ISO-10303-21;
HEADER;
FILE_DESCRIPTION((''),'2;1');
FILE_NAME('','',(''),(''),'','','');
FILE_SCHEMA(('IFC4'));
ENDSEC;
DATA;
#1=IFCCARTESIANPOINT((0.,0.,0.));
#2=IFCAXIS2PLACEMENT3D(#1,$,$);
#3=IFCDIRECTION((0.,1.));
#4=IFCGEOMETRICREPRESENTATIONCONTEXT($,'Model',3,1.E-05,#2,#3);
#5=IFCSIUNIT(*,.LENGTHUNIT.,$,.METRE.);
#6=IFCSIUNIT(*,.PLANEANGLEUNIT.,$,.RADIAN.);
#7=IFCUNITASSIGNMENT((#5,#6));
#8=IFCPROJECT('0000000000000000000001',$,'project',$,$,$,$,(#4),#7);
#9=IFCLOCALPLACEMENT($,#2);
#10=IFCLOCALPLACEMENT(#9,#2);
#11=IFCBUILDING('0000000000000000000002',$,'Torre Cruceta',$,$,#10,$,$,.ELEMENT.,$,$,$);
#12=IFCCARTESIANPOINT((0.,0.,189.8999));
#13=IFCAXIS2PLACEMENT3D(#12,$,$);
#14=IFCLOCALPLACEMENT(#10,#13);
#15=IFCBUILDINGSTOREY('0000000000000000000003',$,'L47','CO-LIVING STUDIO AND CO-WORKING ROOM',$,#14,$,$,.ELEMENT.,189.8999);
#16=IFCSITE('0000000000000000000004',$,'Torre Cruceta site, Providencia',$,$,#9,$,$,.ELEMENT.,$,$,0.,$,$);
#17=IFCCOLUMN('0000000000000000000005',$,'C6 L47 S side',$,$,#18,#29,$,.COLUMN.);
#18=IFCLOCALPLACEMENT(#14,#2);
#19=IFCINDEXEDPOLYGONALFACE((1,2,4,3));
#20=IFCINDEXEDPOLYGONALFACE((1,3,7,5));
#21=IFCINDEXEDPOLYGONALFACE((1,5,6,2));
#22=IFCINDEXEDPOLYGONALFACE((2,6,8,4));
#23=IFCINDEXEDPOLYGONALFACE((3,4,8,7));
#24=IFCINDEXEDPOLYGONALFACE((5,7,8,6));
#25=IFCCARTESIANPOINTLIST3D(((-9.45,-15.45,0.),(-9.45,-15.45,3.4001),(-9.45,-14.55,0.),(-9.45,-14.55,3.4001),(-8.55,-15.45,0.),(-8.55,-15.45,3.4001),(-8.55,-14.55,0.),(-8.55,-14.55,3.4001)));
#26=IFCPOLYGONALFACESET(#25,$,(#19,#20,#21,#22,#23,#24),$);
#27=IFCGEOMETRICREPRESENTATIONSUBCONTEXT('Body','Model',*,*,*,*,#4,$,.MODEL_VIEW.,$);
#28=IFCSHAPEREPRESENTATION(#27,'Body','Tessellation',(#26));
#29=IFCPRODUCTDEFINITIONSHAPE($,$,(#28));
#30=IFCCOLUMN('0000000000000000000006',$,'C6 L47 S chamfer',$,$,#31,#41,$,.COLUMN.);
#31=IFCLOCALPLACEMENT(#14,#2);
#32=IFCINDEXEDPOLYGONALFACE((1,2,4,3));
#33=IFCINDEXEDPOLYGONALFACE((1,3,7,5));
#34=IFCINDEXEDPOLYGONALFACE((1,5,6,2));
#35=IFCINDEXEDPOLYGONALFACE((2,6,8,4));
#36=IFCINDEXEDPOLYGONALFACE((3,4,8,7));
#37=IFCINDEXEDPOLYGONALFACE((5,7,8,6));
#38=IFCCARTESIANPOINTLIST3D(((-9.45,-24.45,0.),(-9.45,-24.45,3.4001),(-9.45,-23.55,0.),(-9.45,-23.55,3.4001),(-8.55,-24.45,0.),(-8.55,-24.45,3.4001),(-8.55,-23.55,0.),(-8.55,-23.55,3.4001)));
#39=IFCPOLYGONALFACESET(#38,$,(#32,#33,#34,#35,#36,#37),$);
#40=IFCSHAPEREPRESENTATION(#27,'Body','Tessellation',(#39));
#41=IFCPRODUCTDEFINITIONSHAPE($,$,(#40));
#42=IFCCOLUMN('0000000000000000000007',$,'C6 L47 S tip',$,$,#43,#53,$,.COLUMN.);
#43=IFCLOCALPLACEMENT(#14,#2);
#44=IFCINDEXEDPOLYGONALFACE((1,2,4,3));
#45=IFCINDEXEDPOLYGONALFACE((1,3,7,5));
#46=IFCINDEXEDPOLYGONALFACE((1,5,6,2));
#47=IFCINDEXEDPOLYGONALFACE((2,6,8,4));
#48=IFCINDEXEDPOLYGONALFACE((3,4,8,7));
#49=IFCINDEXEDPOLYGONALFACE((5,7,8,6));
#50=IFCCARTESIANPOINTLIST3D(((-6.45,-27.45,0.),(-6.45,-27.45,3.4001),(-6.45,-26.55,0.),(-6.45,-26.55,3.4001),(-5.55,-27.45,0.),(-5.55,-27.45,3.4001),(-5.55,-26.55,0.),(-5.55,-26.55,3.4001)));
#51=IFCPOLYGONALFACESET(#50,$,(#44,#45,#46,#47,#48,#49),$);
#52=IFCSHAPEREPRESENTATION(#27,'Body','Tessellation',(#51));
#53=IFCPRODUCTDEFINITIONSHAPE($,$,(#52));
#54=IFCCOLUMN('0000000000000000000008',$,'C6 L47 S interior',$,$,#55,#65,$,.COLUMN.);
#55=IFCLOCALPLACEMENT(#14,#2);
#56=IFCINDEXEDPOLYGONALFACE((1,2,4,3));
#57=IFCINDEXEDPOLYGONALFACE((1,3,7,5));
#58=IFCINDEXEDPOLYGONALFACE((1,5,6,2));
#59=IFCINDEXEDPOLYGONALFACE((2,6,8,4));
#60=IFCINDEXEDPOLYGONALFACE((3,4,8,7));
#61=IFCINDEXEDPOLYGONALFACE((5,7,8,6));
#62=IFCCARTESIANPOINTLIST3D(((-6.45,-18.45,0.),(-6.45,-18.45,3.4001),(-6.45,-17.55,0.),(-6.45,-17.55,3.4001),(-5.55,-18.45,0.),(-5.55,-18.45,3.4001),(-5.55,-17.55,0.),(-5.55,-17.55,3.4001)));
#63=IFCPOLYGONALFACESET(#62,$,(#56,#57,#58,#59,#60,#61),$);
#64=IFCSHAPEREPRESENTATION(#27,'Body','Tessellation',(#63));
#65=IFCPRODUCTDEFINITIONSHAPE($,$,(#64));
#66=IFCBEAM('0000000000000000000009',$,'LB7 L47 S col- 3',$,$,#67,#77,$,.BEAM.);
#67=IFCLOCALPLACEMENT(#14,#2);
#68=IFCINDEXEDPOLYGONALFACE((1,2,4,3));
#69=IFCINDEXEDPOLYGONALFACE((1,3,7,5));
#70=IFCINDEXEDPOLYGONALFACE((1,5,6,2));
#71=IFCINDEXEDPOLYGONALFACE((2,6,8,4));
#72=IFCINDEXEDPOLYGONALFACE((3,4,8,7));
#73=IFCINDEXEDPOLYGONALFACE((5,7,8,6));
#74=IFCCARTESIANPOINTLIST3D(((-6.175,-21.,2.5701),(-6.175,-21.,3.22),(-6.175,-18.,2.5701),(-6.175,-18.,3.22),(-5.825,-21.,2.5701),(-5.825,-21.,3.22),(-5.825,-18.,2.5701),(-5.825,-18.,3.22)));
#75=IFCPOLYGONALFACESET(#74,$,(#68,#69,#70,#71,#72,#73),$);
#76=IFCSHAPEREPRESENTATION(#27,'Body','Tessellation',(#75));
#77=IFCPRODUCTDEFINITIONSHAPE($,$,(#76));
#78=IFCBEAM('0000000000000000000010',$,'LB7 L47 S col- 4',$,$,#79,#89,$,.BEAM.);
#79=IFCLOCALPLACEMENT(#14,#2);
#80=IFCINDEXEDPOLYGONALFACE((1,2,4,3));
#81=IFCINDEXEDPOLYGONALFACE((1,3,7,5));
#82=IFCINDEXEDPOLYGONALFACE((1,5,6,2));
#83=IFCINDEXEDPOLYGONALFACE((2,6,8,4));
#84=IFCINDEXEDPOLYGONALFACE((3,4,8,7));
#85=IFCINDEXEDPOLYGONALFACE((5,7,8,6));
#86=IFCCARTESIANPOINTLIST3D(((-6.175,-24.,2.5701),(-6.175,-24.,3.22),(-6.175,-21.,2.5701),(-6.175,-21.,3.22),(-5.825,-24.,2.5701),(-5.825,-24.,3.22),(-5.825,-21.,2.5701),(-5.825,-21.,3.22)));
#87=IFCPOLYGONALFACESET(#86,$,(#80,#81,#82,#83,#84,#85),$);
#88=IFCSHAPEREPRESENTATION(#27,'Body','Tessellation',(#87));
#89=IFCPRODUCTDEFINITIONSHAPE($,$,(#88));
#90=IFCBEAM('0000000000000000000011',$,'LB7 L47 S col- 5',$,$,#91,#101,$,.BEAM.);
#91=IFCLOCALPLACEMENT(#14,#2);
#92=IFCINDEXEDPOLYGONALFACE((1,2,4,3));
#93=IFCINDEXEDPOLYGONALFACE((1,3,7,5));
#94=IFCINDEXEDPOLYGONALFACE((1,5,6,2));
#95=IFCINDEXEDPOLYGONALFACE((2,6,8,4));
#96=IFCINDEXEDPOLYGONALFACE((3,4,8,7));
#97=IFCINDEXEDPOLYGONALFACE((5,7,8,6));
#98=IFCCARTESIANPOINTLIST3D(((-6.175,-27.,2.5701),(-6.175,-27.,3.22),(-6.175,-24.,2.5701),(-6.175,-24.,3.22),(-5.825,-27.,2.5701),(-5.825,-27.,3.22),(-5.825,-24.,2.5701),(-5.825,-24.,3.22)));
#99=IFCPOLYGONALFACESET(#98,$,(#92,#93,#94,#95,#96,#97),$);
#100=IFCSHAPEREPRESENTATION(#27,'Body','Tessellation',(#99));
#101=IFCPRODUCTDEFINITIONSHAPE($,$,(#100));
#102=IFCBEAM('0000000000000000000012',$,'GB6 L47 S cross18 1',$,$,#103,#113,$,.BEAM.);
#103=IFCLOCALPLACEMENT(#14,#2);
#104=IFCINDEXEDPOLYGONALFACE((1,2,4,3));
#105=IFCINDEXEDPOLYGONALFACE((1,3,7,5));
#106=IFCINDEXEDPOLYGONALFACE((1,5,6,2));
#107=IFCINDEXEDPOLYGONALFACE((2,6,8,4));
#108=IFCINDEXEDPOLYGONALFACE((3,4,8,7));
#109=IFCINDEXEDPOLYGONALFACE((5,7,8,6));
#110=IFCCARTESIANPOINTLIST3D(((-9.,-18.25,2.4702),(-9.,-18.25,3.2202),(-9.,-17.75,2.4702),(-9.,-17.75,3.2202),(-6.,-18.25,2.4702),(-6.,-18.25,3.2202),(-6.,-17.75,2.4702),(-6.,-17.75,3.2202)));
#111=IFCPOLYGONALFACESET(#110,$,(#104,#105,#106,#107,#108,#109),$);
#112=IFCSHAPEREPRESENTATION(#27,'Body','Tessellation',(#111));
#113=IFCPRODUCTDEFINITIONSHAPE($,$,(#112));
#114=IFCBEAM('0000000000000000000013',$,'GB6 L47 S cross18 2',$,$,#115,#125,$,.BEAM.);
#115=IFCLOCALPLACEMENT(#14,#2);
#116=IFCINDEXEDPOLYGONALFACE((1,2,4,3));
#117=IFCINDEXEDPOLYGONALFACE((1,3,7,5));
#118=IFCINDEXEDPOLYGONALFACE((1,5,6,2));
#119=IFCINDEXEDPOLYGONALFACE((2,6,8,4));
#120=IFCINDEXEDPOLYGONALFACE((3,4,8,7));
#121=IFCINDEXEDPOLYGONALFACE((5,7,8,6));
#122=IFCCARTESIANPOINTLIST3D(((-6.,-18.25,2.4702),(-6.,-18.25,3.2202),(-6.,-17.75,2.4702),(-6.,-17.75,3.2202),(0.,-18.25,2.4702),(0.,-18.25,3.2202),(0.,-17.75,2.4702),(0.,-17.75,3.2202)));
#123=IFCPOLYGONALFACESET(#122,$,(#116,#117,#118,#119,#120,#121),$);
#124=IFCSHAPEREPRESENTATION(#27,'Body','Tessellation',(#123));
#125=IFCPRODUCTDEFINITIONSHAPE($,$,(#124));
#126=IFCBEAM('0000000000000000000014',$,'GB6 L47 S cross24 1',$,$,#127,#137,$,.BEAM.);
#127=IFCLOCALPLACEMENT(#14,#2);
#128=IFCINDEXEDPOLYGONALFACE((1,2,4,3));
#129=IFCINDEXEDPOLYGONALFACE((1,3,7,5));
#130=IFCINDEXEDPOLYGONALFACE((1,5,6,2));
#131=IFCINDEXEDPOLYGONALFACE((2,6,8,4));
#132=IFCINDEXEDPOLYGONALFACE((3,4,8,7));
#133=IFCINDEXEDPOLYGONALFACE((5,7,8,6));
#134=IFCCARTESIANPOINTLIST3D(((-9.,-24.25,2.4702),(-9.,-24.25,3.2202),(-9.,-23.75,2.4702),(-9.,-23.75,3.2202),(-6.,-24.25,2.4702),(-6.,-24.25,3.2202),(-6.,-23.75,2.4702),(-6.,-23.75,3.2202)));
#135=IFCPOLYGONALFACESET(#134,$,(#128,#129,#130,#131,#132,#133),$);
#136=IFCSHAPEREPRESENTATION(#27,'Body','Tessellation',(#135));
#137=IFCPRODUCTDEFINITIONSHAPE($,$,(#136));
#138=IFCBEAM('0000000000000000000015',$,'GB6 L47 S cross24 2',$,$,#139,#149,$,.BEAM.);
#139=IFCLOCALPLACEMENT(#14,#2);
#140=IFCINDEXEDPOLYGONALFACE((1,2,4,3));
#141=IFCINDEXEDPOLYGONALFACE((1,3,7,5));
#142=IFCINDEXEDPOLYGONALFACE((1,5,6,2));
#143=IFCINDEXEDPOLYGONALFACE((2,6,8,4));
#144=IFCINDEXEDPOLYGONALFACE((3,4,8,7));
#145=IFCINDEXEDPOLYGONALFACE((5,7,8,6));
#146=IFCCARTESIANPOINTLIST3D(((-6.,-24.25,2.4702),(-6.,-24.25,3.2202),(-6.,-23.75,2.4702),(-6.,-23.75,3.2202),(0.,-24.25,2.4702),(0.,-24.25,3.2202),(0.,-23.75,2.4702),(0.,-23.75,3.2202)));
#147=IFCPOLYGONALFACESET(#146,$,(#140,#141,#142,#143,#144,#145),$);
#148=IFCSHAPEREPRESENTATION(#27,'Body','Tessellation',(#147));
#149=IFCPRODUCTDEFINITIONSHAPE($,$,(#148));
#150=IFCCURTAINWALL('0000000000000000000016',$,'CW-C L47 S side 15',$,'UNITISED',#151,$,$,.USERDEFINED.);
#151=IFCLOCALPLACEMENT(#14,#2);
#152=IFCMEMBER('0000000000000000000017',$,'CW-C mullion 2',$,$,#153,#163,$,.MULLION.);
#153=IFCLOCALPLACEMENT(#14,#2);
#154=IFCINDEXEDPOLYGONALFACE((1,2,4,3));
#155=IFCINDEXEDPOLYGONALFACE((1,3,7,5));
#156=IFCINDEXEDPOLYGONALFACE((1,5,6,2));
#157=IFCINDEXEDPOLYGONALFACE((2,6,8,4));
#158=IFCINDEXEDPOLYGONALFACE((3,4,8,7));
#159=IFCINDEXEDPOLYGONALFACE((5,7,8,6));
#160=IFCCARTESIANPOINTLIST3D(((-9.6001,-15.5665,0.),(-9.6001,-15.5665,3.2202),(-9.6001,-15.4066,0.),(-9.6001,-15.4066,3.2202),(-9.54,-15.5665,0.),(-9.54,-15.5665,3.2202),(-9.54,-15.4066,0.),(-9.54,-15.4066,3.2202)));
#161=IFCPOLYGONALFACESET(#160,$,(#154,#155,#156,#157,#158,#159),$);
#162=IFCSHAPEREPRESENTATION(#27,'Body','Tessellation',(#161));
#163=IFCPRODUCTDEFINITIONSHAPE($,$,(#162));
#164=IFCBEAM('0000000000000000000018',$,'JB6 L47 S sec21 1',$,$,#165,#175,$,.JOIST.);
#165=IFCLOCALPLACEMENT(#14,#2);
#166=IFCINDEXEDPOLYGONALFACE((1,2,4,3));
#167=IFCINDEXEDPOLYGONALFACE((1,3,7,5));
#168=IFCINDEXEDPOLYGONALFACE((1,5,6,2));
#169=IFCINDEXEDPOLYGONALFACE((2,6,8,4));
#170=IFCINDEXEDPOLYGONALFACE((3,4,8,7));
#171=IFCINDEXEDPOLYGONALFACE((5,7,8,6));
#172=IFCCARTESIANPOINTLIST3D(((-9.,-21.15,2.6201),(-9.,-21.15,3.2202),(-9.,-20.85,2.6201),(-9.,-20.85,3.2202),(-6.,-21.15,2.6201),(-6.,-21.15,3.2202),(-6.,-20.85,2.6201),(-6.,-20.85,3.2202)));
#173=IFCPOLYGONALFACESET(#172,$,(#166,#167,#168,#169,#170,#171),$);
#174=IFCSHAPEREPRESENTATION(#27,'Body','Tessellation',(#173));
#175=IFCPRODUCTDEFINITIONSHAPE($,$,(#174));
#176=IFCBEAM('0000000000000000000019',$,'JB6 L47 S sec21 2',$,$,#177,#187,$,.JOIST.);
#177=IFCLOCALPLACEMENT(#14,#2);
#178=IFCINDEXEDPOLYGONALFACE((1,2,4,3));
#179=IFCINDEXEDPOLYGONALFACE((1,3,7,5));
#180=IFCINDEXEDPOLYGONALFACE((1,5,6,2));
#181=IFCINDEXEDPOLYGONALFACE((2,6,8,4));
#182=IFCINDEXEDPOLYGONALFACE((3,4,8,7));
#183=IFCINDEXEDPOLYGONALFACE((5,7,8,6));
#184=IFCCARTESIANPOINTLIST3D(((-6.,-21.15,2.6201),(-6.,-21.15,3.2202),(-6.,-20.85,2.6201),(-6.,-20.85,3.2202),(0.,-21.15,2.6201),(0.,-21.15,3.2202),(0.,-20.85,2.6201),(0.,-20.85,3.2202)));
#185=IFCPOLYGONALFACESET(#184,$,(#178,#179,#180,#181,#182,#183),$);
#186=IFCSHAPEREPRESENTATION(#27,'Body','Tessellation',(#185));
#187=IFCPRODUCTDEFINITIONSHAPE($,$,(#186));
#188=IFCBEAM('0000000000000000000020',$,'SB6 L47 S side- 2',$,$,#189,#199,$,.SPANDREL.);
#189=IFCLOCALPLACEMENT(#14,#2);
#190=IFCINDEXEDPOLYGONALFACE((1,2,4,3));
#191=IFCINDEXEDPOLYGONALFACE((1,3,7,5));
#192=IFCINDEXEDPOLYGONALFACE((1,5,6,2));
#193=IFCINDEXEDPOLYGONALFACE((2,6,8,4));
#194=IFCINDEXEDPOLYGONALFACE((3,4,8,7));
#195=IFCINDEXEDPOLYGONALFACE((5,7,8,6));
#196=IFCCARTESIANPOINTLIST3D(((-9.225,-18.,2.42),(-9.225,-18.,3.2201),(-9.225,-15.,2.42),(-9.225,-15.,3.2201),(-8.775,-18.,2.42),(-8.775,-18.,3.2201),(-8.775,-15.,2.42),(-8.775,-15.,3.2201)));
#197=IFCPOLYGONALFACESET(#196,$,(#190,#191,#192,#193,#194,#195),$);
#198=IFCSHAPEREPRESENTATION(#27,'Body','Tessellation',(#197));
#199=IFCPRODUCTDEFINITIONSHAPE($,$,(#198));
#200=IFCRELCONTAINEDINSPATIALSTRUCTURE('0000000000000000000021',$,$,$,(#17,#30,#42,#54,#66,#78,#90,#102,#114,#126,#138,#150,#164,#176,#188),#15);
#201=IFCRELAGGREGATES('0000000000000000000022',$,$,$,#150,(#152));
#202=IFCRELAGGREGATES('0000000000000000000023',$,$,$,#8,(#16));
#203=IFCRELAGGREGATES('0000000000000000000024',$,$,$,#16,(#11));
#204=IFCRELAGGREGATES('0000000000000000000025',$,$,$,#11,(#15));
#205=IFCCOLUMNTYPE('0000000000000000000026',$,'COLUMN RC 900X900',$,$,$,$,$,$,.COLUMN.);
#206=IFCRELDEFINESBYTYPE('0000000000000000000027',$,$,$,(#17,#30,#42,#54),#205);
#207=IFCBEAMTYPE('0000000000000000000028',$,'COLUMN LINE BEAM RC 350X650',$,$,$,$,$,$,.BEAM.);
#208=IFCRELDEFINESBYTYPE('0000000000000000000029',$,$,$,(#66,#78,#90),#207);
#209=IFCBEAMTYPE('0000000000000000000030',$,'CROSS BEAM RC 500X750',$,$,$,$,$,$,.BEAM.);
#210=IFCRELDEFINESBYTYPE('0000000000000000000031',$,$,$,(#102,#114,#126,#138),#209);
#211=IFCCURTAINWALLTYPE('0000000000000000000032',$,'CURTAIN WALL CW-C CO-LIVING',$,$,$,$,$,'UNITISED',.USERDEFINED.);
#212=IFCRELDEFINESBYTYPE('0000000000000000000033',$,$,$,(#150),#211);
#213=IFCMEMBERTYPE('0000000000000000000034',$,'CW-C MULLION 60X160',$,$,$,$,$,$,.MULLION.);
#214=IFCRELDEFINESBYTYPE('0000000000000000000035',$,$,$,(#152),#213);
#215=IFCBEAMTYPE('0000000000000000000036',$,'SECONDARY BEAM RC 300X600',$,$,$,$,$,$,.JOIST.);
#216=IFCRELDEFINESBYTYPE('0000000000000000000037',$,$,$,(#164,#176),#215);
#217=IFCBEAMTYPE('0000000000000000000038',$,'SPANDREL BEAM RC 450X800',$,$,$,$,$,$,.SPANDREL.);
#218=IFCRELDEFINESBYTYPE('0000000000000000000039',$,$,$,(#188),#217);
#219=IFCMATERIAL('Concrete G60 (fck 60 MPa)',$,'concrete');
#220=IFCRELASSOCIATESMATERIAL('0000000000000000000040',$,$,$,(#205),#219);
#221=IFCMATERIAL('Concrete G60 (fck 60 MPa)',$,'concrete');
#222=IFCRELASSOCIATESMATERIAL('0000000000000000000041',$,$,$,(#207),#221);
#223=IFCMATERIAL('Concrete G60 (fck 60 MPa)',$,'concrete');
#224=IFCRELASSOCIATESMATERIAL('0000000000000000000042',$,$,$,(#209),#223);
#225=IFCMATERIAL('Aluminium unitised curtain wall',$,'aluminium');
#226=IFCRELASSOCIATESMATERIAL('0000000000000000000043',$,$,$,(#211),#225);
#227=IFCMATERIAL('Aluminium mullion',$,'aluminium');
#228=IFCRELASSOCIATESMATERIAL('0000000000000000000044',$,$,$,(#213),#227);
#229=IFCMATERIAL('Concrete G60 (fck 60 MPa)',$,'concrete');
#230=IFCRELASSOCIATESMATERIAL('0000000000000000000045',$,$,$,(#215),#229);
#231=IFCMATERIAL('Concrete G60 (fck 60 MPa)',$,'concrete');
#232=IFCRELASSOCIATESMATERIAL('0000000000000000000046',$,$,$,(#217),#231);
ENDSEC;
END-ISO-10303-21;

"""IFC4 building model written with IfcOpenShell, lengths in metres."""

from ifc_helpers import new_model, si_unit, direction, frame, origin, origin_2d, place, context, subcontext, project, spatial, rectangle, extrude, material, material_profile, profile_set, type_object, element, aggregate, save


model = new_model("IFC4")

# Units and contexts
model_context = context("Model", 3, precision=1e-05, world=origin(), true_north=direction((0.0, 1.0)))
body_context = subcontext(model_context, "Body", "Model", "MODEL_VIEW")
ifc_project = project(units=[si_unit("LENGTHUNIT", "METRE"), si_unit("PLANEANGLEUNIT", "RADIAN")], contexts=[model_context])

# Site, building, storey
site_placement = place(None, origin())
site = spatial("IfcSite", under=ifc_project, at=site_placement, Name="Torre Cruceta site, Providencia", CompositionType="ELEMENT", RefElevation=0.0)
building_placement = place(site_placement, origin())
building = spatial("IfcBuilding", under=site, at=building_placement, Name="Torre Cruceta", CompositionType="ELEMENT")
storey_placement = place(building_placement, frame((0.0, 0.0, 189.8999)))
storey = spatial("IfcBuildingStorey", under=building, at=storey_placement, Name="L47", Description="CO-LIVING STUDIO AND CO-WORKING ROOM", CompositionType="ELEMENT", Elevation=189.8999)

# Columns
ifc_material_1 = material(Name="Concrete G60 (fck 60 MPa)", Category="concrete")
ifc_material_profile_1 = material_profile(ifc_material_1, rectangle(XDim=0.8999, YDim=0.8999, at=origin_2d()), Name="RC 900X900")
ifc_profile_set_1 = profile_set([ifc_material_profile_1], Name="Concrete G60 (fck 60 MPa)")
column_type = type_object("IfcColumnType", Name="COLUMN RC 900X900", PredefinedType="COLUMN", material=ifc_profile_set_1)
for number, where, z_axis, x_axis, name in (
    (1, (-9.0, -15.0, 0.0), (0.0, 0.0, 1.0), (1.0, 0.0, 0.0), "C6 L47 S side"),
    (2, (-9.0, -24.0, 0.0), (0.0, 0.0, 1.0), (1.0, 0.0, 0.0), "C6 L47 S chamfer"),
    (3, (-6.0, -27.0, 0.0), (0.0, 0.0, 1.0), (1.0, 0.0, 0.0), "C6 L47 S tip"),
    (4, (-6.0, -18.0, 0.0), (0.0, 0.0, 1.0), (1.0, 0.0, 0.0), "C6 L47 S interior"),
):
    element("IfcColumn", number, at=place(storey_placement, frame(where, z_axis=z_axis, x_axis=x_axis)), inside=storey, type_object=column_type, Name=name, PredefinedType="COLUMN", context=body_context, shape_type="SweptSolid", body=[
        extrude(rectangle(XDim=0.8999, YDim=0.8999, at=origin_2d()), origin(), (0.0, 0.0, 1.0), 3.4001),
    ])

# Beams
ifc_material_2 = material(Name="Concrete G60 (fck 60 MPa)", Category="concrete")
ifc_material_profile_2 = material_profile(ifc_material_2, rectangle(XDim=0.3501, YDim=0.6499, at=origin_2d()), Name="RC 350X650")
ifc_profile_set_2 = profile_set([ifc_material_profile_2], Name="Concrete G60 (fck 60 MPa)")
beam_type_1 = type_object("IfcBeamType", Name="COLUMN LINE BEAM RC 350X650", PredefinedType="BEAM", material=ifc_profile_set_2)
for number, where, z_axis, x_axis, name in (
    (5, (-6.0, -18.0, 2.895), (0.0, -1.0, 0.0), (1.0, 0.0, 0.0), "LB7 L47 S col- 3"),
    (6, (-6.0, -21.0, 2.895), (0.0, -1.0, 0.0), (1.0, 0.0, 0.0), "LB7 L47 S col- 4"),
    (7, (-6.0, -24.0, 2.895), (0.0, -1.0, 0.0), (1.0, 0.0, 0.0), "LB7 L47 S col- 5"),
):
    element("IfcBeam", number, at=place(storey_placement, frame(where, z_axis=z_axis, x_axis=x_axis)), inside=storey, type_object=beam_type_1, Name=name, PredefinedType="BEAM", context=body_context, shape_type="SweptSolid", body=[
        extrude(rectangle(XDim=0.3501, YDim=0.6499, at=origin_2d()), origin(), (0.0, 0.0, 1.0), 3.0),
    ])
ifc_material_3 = material(Name="Concrete G60 (fck 60 MPa)", Category="concrete")
ifc_material_profile_3 = material_profile(ifc_material_3, rectangle(XDim=0.5, YDim=0.75, at=origin_2d()), Name="RC 500X750")
ifc_profile_set_3 = profile_set([ifc_material_profile_3], Name="Concrete G60 (fck 60 MPa)")
beam_type_2 = type_object("IfcBeamType", Name="CROSS BEAM RC 500X750", PredefinedType="BEAM", material=ifc_profile_set_3)
beam_1_placement = place(storey_placement, frame((-9.0, -18.0, 2.8452), z_axis=(1.0, 0.0, 0.0), x_axis=(0.0, 1.0, 0.0)))
element("IfcBeam", 8, at=beam_1_placement, inside=storey, type_object=beam_type_2, Name="GB6 L47 S cross18 1", PredefinedType="BEAM", context=body_context, shape_type="SweptSolid", body=[
    extrude(rectangle(XDim=0.5, YDim=0.75, at=origin_2d()), origin(), (0.0, 0.0, 1.0), 3.0),
])
beam_2_placement = place(storey_placement, frame((-6.0, -18.0, 2.8452), z_axis=(1.0, 0.0, 0.0), x_axis=(0.0, 1.0, 0.0)))
element("IfcBeam", 9, at=beam_2_placement, inside=storey, type_object=beam_type_2, Name="GB6 L47 S cross18 2", PredefinedType="BEAM", context=body_context, shape_type="SweptSolid", body=[
    extrude(rectangle(XDim=0.5, YDim=0.75, at=origin_2d()), origin(), (0.0, 0.0, 1.0), 6.0),
])
beam_3_placement = place(storey_placement, frame((-9.0, -24.0, 2.8452), z_axis=(1.0, 0.0, 0.0), x_axis=(0.0, 1.0, 0.0)))
element("IfcBeam", 10, at=beam_3_placement, inside=storey, type_object=beam_type_2, Name="GB6 L47 S cross24 1", PredefinedType="BEAM", context=body_context, shape_type="SweptSolid", body=[
    extrude(rectangle(XDim=0.5, YDim=0.75, at=origin_2d()), origin(), (0.0, 0.0, 1.0), 3.0),
])
beam_4_placement = place(storey_placement, frame((-6.0, -24.0, 2.8452), z_axis=(1.0, 0.0, 0.0), x_axis=(0.0, 1.0, 0.0)))
element("IfcBeam", 11, at=beam_4_placement, inside=storey, type_object=beam_type_2, Name="GB6 L47 S cross24 2", PredefinedType="BEAM", context=body_context, shape_type="SweptSolid", body=[
    extrude(rectangle(XDim=0.5, YDim=0.75, at=origin_2d()), origin(), (0.0, 0.0, 1.0), 6.0),
])

# Curtain wall, member
ifc_material_4 = material(Name="Aluminium unitised curtain wall", Category="aluminium")
curtain_wall_type = type_object("IfcCurtainWallType", Name="CURTAIN WALL CW-C CO-LIVING", ElementType="UNITISED", PredefinedType="USERDEFINED", material=ifc_material_4)
curtain_wall_placement = place(storey_placement, origin())
curtain_wall = element("IfcCurtainWall", 12, at=curtain_wall_placement, inside=storey, type_object=curtain_wall_type, Name="CW-C L47 S side 15", ObjectType="UNITISED", PredefinedType="USERDEFINED")
ifc_material_5 = material(Name="Aluminium mullion", Category="aluminium")
ifc_material_profile_4 = material_profile(ifc_material_5, rectangle(XDim=0.0601, YDim=0.1599, at=origin_2d()), Name="AL 60X160")
ifc_profile_set_4 = profile_set([ifc_material_profile_4], Name="Aluminium mullion")
member_type = type_object("IfcMemberType", Name="CW-C MULLION 60X160", PredefinedType="MULLION", material=ifc_profile_set_4)
member_placement = place(storey_placement, frame((-9.5701, -15.4866, 0.0), z_axis=(0.0, 0.0, 1.0), x_axis=(1.0, 0.0, 0.0)))
member = element("IfcMember", 13, at=member_placement, type_object=member_type, Name="CW-C mullion 2", PredefinedType="MULLION", context=body_context, shape_type="SweptSolid", body=[
    extrude(rectangle(XDim=0.0601, YDim=0.1599, at=origin_2d()), origin(), (0.0, 0.0, 1.0), 3.2202),
])
aggregate(curtain_wall, [member])

# Beams
ifc_material_6 = material(Name="Concrete G60 (fck 60 MPa)", Category="concrete")
ifc_material_profile_5 = material_profile(ifc_material_6, rectangle(XDim=0.3, YDim=0.6001, at=origin_2d()), Name="RC 300X600")
ifc_profile_set_5 = profile_set([ifc_material_profile_5], Name="Concrete G60 (fck 60 MPa)")
beam_type_3 = type_object("IfcBeamType", Name="SECONDARY BEAM RC 300X600", PredefinedType="JOIST", material=ifc_profile_set_5)
beam_5_placement = place(storey_placement, frame((-9.0, -21.0, 2.9202), z_axis=(1.0, 0.0, 0.0), x_axis=(0.0, 1.0, 0.0)))
element("IfcBeam", 14, at=beam_5_placement, inside=storey, type_object=beam_type_3, Name="JB6 L47 S sec21 1", PredefinedType="JOIST", context=body_context, shape_type="SweptSolid", body=[
    extrude(rectangle(XDim=0.3, YDim=0.6001, at=origin_2d()), origin(), (0.0, 0.0, 1.0), 3.0),
])
beam_6_placement = place(storey_placement, frame((-6.0, -21.0, 2.9202), z_axis=(1.0, 0.0, 0.0), x_axis=(0.0, 1.0, 0.0)))
element("IfcBeam", 15, at=beam_6_placement, inside=storey, type_object=beam_type_3, Name="JB6 L47 S sec21 2", PredefinedType="JOIST", context=body_context, shape_type="SweptSolid", body=[
    extrude(rectangle(XDim=0.3, YDim=0.6001, at=origin_2d()), origin(), (0.0, 0.0, 1.0), 6.0),
])
ifc_material_7 = material(Name="Concrete G60 (fck 60 MPa)", Category="concrete")
ifc_material_profile_6 = material_profile(ifc_material_7, rectangle(XDim=0.45, YDim=0.8, at=origin_2d()), Name="RC 450X800")
ifc_profile_set_6 = profile_set([ifc_material_profile_6], Name="Concrete G60 (fck 60 MPa)")
beam_type_4 = type_object("IfcBeamType", Name="SPANDREL BEAM RC 450X800", PredefinedType="SPANDREL", material=ifc_profile_set_6)
for number, where, z_axis, x_axis, name in (
    (16, (-9.0, -15.0, 2.8201), (0.0, -1.0, 0.0), (1.0, 0.0, 0.0), "SB6 L47 S side- 2"),
):
    element("IfcBeam", number, at=place(storey_placement, frame(where, z_axis=z_axis, x_axis=x_axis)), inside=storey, type_object=beam_type_4, Name=name, PredefinedType="SPANDREL", context=body_context, shape_type="SweptSolid", body=[
        extrude(rectangle(XDim=0.45, YDim=0.8, at=origin_2d()), origin(), (0.0, 0.0, 1.0), 3.0),
    ])

save(model, "model.ifc")
